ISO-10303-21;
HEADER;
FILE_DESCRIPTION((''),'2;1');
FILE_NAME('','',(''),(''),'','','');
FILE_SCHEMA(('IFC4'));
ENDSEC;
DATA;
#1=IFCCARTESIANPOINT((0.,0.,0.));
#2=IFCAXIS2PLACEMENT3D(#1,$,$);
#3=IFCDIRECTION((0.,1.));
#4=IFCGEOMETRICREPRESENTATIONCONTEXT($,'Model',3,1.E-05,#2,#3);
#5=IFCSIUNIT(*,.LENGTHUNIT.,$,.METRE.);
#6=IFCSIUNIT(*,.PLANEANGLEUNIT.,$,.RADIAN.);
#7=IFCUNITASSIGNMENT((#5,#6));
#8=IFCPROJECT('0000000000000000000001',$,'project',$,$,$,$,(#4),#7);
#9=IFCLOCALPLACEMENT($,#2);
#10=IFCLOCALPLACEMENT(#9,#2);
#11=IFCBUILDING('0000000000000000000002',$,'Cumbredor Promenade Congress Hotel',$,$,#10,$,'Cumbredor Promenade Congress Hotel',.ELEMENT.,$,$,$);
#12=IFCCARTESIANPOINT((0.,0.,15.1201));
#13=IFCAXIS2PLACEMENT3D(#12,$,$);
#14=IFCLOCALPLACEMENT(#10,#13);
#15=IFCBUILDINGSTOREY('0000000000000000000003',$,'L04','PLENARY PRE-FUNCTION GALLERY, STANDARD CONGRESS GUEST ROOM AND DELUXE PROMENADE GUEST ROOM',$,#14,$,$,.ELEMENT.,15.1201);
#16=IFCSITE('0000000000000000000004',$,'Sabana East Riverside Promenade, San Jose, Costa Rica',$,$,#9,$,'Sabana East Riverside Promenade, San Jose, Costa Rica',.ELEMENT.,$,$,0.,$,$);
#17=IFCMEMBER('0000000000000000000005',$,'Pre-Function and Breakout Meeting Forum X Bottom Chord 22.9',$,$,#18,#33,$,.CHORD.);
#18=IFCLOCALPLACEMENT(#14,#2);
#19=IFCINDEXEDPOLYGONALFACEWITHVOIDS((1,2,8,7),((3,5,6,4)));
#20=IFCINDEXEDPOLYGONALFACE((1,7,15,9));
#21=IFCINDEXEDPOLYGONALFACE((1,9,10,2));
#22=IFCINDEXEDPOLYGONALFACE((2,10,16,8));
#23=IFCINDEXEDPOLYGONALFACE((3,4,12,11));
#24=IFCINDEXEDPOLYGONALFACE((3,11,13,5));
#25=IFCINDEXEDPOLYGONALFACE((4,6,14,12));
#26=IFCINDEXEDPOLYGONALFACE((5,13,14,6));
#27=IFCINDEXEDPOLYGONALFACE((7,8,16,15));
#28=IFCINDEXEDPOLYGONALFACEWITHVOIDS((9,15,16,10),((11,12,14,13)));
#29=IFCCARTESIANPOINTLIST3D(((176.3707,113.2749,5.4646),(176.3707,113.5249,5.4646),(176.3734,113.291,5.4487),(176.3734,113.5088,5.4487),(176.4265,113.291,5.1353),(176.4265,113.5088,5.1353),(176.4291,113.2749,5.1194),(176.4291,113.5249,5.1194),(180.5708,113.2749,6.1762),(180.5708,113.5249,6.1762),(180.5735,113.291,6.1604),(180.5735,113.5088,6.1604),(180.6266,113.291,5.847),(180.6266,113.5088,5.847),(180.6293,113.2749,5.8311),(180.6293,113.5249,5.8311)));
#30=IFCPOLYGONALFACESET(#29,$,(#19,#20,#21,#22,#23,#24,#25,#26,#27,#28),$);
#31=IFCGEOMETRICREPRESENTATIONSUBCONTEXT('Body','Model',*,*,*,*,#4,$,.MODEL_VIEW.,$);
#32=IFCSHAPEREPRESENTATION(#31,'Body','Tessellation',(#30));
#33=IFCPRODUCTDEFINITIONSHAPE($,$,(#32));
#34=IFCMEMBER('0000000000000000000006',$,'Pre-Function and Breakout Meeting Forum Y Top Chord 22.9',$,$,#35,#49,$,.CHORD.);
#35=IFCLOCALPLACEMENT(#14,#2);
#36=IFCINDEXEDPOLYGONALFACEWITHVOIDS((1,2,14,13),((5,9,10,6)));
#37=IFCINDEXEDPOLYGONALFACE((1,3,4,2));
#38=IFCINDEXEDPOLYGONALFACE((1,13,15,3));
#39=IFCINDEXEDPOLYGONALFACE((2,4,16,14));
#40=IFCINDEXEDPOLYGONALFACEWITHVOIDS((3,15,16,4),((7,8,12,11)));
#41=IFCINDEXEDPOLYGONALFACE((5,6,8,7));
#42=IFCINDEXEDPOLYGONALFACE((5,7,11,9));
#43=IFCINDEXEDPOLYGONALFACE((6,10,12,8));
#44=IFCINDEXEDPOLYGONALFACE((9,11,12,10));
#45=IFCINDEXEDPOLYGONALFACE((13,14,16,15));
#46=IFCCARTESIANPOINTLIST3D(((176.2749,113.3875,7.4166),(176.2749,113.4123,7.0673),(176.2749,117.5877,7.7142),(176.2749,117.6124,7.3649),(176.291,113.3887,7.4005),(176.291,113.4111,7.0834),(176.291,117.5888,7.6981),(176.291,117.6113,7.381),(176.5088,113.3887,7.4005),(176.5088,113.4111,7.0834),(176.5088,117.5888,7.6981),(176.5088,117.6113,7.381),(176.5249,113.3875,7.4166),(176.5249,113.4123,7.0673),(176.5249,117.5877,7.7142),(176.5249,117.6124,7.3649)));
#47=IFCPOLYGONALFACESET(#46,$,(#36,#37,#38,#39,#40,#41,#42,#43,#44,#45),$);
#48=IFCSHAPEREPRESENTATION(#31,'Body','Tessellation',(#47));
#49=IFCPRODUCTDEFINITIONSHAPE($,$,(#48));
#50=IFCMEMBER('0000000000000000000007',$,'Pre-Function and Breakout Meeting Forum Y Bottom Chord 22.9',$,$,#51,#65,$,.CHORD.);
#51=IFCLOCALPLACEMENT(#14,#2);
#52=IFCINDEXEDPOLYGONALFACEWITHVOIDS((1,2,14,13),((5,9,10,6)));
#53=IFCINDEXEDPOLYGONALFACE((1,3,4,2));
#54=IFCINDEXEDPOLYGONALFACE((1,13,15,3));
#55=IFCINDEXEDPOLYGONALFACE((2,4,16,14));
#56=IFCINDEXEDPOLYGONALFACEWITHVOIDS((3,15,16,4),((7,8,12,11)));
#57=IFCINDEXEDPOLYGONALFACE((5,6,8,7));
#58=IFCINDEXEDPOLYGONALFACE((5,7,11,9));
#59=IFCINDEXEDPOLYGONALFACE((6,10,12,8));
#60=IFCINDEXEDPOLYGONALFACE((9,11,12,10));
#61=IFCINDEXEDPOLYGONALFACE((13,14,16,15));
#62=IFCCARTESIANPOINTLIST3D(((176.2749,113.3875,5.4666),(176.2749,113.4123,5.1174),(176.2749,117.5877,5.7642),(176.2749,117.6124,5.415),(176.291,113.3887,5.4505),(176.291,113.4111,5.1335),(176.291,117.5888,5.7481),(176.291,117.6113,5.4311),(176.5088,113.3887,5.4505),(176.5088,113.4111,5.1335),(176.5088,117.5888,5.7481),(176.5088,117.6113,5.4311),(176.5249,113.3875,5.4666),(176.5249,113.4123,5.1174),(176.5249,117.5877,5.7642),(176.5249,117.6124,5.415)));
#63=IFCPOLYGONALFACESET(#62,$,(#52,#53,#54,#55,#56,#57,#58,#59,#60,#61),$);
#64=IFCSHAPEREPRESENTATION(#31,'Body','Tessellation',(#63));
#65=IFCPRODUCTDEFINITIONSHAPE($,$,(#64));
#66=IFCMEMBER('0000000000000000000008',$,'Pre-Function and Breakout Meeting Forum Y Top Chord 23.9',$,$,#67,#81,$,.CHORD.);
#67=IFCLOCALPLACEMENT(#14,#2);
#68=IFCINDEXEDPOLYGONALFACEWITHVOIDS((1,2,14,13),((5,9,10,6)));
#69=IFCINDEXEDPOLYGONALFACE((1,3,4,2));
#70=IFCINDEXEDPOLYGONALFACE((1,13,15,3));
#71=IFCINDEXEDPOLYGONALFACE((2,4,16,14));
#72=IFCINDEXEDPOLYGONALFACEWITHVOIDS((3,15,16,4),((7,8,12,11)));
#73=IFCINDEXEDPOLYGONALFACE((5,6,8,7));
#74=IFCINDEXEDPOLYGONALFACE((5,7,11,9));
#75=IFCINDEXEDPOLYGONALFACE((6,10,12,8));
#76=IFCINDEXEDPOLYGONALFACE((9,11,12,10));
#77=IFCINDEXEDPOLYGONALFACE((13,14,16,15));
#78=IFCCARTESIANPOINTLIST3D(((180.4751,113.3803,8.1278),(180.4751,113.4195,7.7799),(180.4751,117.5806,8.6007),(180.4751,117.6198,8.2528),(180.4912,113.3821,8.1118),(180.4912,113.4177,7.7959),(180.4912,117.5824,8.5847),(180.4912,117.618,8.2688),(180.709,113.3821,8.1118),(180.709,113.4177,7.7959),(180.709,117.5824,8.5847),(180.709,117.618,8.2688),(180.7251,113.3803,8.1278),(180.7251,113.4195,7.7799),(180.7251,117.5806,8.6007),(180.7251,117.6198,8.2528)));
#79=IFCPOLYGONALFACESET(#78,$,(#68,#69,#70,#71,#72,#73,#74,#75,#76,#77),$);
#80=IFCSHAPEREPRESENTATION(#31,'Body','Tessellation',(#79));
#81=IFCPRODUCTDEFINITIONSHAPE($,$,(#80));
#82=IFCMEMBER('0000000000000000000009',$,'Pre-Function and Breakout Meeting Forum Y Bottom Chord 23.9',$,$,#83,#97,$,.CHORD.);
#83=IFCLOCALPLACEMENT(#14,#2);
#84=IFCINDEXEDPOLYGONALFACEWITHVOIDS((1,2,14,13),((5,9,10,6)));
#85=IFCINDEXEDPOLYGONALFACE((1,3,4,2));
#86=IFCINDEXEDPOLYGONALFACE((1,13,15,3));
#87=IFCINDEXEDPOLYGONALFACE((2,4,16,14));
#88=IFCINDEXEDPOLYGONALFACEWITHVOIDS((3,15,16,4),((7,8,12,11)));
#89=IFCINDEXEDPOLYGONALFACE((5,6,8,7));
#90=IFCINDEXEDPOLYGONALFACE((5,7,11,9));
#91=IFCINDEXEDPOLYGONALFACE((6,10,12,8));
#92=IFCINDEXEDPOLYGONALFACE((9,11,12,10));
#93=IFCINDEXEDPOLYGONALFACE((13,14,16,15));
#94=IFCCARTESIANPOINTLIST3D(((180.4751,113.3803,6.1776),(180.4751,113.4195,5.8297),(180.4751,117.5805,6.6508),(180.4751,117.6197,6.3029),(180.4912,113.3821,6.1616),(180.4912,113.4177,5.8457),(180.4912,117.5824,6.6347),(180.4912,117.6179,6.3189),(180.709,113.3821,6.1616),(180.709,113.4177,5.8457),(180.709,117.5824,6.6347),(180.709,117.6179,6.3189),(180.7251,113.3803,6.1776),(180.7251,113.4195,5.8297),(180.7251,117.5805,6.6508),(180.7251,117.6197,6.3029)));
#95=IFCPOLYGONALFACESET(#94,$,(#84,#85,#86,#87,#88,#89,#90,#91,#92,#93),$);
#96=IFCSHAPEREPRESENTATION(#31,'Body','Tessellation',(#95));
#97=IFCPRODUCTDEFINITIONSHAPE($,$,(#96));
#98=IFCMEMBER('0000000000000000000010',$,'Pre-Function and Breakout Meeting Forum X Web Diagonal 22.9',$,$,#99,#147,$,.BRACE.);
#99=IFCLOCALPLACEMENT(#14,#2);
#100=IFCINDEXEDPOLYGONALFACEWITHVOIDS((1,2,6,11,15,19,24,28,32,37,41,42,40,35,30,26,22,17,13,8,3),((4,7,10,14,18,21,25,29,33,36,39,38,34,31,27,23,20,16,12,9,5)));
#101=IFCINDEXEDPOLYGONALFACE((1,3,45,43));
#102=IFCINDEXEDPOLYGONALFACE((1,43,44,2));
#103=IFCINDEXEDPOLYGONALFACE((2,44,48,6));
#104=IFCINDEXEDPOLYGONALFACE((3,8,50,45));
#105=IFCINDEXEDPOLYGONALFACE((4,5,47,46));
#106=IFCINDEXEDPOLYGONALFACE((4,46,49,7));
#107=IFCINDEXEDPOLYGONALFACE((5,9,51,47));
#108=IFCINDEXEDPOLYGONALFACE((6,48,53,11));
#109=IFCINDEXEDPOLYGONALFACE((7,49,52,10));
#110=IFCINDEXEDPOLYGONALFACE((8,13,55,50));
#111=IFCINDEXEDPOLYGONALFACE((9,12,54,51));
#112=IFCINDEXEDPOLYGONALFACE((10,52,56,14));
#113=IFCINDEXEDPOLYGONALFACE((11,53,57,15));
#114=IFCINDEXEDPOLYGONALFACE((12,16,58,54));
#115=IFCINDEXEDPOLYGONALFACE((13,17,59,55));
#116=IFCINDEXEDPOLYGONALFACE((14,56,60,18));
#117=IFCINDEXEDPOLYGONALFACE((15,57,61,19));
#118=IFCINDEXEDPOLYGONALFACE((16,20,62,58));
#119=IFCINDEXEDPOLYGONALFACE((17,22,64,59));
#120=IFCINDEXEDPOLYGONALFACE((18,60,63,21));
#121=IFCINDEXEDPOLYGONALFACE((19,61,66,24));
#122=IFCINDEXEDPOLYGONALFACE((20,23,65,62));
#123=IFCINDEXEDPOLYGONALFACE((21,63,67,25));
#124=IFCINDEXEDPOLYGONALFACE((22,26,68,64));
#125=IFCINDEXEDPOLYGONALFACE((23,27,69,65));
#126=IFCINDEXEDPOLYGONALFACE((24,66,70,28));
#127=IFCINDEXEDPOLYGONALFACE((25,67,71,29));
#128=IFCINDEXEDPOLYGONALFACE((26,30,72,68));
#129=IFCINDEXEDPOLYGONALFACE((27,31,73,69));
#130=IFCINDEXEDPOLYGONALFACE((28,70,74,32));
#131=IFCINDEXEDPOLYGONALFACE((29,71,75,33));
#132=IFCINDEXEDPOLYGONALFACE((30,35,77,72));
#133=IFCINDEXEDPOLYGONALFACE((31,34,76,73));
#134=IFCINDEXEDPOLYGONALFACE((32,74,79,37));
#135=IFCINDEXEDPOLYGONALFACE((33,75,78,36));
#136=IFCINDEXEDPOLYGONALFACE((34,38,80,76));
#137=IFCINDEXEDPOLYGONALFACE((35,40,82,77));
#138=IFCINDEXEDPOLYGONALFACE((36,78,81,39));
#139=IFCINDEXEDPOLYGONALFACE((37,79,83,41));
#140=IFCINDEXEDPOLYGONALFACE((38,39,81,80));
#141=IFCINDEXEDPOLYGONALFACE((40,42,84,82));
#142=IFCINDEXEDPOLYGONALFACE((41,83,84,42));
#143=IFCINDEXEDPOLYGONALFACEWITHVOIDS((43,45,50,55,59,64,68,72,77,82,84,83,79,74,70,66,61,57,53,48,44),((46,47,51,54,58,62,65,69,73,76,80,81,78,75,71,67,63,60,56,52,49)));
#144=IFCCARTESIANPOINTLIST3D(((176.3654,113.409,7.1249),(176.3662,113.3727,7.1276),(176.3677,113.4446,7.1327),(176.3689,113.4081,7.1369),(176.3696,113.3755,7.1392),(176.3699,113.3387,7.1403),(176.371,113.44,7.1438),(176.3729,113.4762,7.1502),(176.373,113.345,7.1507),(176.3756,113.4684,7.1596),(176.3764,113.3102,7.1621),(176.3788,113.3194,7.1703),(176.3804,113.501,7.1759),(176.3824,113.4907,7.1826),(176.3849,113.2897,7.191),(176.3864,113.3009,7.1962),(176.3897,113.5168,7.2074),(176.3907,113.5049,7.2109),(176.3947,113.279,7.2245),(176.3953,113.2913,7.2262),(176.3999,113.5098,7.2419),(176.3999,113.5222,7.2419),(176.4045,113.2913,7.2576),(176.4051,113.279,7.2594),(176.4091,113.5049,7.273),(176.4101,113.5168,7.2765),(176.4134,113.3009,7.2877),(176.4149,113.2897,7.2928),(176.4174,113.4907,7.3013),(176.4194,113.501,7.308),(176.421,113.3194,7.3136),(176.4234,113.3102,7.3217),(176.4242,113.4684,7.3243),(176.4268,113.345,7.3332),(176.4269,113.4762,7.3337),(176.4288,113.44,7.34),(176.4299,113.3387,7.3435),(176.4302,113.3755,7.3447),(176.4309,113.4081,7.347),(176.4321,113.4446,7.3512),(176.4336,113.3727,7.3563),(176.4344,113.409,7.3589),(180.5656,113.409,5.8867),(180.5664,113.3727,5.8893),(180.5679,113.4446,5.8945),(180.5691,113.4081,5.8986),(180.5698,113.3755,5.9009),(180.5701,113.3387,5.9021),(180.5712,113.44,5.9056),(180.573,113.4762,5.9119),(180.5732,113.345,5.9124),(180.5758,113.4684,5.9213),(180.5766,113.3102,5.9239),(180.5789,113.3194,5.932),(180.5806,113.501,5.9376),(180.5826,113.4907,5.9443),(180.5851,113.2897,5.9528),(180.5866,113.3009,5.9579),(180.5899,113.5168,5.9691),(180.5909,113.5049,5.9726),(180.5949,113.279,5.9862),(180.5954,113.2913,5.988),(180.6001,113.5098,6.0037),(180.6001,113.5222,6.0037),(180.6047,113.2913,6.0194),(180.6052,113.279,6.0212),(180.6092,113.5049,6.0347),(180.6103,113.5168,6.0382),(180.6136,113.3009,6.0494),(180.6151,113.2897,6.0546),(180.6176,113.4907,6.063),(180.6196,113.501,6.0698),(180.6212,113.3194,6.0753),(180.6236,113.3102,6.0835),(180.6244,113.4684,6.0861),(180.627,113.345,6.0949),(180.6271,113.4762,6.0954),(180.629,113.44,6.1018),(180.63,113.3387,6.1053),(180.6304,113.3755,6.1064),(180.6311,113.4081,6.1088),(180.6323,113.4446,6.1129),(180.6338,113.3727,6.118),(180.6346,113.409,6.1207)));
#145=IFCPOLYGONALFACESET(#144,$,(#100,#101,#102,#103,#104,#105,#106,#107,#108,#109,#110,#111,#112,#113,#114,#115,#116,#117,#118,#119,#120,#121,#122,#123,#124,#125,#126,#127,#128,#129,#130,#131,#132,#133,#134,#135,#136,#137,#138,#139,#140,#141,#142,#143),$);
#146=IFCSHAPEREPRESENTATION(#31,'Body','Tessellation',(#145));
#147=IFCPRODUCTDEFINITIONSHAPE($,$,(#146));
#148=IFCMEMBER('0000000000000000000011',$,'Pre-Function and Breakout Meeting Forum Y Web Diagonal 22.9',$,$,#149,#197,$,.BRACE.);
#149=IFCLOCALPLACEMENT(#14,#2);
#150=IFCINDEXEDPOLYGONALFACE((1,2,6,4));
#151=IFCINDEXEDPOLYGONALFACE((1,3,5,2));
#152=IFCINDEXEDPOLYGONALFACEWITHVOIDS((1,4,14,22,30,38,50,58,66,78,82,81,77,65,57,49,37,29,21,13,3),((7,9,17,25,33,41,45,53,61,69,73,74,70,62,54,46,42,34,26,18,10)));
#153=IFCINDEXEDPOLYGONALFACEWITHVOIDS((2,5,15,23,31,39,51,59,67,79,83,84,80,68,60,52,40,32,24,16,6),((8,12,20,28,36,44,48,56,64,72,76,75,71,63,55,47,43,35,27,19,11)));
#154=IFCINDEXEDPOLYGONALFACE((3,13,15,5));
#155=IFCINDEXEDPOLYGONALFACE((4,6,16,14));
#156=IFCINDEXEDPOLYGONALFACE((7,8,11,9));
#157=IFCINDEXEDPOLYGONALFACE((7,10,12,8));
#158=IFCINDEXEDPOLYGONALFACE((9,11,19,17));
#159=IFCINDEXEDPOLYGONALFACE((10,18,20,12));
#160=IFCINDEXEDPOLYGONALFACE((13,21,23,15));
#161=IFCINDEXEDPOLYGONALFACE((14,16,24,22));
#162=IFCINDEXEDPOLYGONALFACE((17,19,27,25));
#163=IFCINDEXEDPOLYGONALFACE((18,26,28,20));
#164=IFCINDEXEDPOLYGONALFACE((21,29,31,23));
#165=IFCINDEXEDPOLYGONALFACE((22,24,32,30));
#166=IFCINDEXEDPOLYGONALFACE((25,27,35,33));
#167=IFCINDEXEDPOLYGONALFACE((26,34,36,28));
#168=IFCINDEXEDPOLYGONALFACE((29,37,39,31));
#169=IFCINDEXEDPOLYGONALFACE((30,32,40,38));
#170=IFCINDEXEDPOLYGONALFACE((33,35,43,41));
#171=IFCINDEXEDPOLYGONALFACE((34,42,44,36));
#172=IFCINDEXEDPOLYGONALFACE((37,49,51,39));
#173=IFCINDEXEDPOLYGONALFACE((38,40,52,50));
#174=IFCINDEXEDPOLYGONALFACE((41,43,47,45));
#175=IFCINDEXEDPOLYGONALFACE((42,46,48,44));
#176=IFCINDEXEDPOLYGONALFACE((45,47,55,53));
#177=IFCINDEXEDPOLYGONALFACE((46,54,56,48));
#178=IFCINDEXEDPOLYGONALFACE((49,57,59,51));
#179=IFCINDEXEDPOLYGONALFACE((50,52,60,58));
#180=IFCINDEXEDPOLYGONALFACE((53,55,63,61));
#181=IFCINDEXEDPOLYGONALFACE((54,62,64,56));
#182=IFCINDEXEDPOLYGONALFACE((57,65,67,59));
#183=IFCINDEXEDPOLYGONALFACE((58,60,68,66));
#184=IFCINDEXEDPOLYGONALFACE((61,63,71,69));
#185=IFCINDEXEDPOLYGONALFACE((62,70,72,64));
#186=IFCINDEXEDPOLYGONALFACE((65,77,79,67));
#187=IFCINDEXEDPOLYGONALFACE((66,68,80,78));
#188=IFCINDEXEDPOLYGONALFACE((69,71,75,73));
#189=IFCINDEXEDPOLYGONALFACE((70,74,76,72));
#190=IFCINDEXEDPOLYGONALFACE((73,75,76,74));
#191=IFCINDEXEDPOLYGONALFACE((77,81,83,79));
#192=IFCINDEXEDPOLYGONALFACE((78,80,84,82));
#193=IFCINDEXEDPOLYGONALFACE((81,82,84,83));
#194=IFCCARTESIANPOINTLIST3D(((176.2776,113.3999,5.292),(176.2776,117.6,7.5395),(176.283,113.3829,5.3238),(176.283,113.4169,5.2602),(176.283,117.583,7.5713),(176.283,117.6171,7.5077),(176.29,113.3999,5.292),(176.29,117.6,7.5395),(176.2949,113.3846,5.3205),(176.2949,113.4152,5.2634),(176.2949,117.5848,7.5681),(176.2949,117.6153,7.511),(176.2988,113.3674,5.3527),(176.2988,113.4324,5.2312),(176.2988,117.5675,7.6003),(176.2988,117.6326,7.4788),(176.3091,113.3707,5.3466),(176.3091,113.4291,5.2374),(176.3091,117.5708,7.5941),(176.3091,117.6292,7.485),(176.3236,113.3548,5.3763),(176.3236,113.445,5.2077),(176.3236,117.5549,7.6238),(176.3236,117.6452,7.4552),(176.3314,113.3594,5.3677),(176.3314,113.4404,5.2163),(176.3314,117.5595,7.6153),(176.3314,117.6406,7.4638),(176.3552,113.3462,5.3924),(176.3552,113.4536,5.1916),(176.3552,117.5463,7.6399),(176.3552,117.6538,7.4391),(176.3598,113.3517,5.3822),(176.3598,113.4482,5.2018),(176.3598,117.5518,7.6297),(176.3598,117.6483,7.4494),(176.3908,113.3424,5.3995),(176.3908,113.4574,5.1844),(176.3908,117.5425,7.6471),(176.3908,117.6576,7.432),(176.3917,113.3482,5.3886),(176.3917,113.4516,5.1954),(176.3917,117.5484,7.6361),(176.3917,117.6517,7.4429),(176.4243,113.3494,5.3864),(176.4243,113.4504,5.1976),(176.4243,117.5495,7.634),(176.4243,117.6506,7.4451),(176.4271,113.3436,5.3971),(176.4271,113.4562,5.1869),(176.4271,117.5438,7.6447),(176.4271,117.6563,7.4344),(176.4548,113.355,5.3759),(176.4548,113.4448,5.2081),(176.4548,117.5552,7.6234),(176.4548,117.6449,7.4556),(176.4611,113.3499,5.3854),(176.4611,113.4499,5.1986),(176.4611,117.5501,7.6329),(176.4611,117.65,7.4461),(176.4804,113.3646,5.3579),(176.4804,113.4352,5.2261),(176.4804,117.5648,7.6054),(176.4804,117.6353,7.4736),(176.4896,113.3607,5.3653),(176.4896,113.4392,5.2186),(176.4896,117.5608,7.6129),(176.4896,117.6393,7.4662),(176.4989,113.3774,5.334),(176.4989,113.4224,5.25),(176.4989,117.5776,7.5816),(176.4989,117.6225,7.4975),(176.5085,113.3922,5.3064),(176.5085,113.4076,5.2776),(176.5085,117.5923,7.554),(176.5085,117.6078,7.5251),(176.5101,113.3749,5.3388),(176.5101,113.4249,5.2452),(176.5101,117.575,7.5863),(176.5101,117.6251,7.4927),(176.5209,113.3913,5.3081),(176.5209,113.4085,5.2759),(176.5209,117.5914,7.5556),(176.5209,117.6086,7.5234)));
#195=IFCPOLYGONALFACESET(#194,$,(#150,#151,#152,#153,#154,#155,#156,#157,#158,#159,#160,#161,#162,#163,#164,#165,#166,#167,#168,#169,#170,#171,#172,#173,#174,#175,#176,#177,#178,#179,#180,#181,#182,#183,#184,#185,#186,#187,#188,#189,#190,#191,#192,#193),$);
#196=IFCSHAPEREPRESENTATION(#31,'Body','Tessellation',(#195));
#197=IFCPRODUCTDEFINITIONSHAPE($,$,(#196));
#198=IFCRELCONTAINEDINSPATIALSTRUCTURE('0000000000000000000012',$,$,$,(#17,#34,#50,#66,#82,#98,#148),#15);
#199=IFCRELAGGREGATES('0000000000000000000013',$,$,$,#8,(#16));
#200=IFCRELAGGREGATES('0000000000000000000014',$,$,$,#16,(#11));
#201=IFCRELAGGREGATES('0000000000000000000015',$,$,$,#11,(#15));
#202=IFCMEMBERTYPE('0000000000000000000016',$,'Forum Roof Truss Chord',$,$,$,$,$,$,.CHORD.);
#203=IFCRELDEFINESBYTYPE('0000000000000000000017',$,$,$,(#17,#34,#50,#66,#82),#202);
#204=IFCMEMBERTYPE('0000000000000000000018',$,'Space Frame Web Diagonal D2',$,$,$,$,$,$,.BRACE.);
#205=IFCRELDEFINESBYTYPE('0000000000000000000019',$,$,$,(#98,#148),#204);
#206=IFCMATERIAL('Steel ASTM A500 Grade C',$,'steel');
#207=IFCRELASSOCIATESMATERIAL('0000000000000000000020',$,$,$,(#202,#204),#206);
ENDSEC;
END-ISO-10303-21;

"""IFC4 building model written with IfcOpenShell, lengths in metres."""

from ifc_helpers import new_model, si_unit, direction, frame, origin, origin_2d, place, context, subcontext, project, spatial, hollow_rectangle, hollow_circle, extrude, material, material_profile, profile_set, type_object, element, save


model = new_model("IFC4")

# Units and contexts
model_context = context("Model", 3, precision=1e-05, world=origin(), true_north=direction((0.0, 1.0)))
body_context = subcontext(model_context, "Body", "Model", "MODEL_VIEW")
ifc_project = project(units=[si_unit("LENGTHUNIT", "METRE"), si_unit("PLANEANGLEUNIT", "RADIAN")], contexts=[model_context])

# Site, building, storey
site_placement = place(None, origin())
site = spatial("IfcSite", under=ifc_project, at=site_placement, Name="Sabana East Riverside Promenade, San Jose, Costa Rica", LongName="Sabana East Riverside Promenade, San Jose, Costa Rica", CompositionType="ELEMENT", RefElevation=0.0)
building_placement = place(site_placement, origin())
building = spatial("IfcBuilding", under=site, at=building_placement, Name="Cumbredor Promenade Congress Hotel", LongName="Cumbredor Promenade Congress Hotel", CompositionType="ELEMENT")
storey_placement = place(building_placement, frame((0.0, 0.0, 15.1201)))
storey = spatial("IfcBuildingStorey", under=building, at=storey_placement, Name="L04", Description="PLENARY PRE-FUNCTION GALLERY, STANDARD CONGRESS GUEST ROOM AND DELUXE PROMENADE GUEST ROOM", CompositionType="ELEMENT", Elevation=15.1201)

# Members
ifc_material_1 = material(Name="Steel ASTM A500 Grade C", Category="steel")
ifc_material_profile_1 = material_profile(ifc_material_1, hollow_rectangle(XDim=0.25, YDim=0.3501, WallThickness=0.0161, at=origin_2d()), Name="HSS 350x250x16")
ifc_profile_set_1 = profile_set([ifc_material_profile_1], Name="Steel ASTM A500 Grade C")
member_type_1 = type_object("IfcMemberType", Name="Forum Roof Truss Chord", PredefinedType="CHORD", material=ifc_profile_set_1)
for number, where, z_axis, x_axis, name in (
    (1, (176.3999, 113.3999, 5.292), (0.985947, 0.0, 0.167056), (0.0, 1.0, 0.0), "Pre-Function and Breakout Meeting Forum X Bottom Chord 22.9"),
):
    element("IfcMember", number, at=place(storey_placement, frame(where, z_axis=z_axis, x_axis=x_axis)), inside=storey, type_object=member_type_1, Name=name, PredefinedType="CHORD", context=body_context, shape_type="SweptSolid", body=[
        extrude(hollow_rectangle(XDim=0.25, YDim=0.3501, WallThickness=0.0161, at=origin_2d()), origin(), (0.0, 0.0, 1.0), 4.26),
    ])
for number, where, z_axis, x_axis, name in (
    (2, (176.3999, 113.3999, 7.2419), (0.0, 0.997499, 0.070678), (-1.0, 0.0, 0.0), "Pre-Function and Breakout Meeting Forum Y Top Chord 22.9"),
    (3, (176.3999, 113.3999, 5.292), (0.0, 0.997499, 0.070678), (-1.0, 0.0, 0.0), "Pre-Function and Breakout Meeting Forum Y Bottom Chord 22.9"),
):
    element("IfcMember", number, at=place(storey_placement, frame(where, z_axis=z_axis, x_axis=x_axis)), inside=storey, type_object=member_type_1, Name=name, PredefinedType="CHORD", context=body_context, shape_type="SweptSolid", body=[
        extrude(hollow_rectangle(XDim=0.25, YDim=0.3501, WallThickness=0.0161, at=origin_2d()), origin(), (0.0, 0.0, 1.0), 4.2107),
    ])
for number, where, z_axis, x_axis, name in (
    (4, (180.6001, 113.3999, 7.9539), (0.0, 0.993721, 0.111883), (-1.0, 0.0, 0.0), "Pre-Function and Breakout Meeting Forum Y Top Chord 23.9"),
    (5, (180.6001, 113.3999, 6.0037), (0.0, 0.993715, 0.11194), (-1.0, 0.0, 0.0), "Pre-Function and Breakout Meeting Forum Y Bottom Chord 23.9"),
):
    element("IfcMember", number, at=place(storey_placement, frame(where, z_axis=z_axis, x_axis=x_axis)), inside=storey, type_object=member_type_1, Name=name, PredefinedType="CHORD", context=body_context, shape_type="SweptSolid", body=[
        extrude(hollow_rectangle(XDim=0.25, YDim=0.3501, WallThickness=0.0161, at=origin_2d()), origin(), (0.0, 0.0, 1.0), 4.2268),
    ])
ifc_material_profile_2 = material_profile(ifc_material_1, hollow_circle(Radius=0.1223, WallThickness=0.0125, at=origin_2d()), Name="CHS 244.5x12.5")
ifc_profile_set_2 = profile_set([ifc_material_profile_2], Name="Steel ASTM A500 Grade C")
member_type_2 = type_object("IfcMemberType", Name="Space Frame Web Diagonal D2", PredefinedType="BRACE", material=ifc_profile_set_2)
member_1_placement = place(storey_placement, frame((176.3999, 113.3999, 7.2419), z_axis=(0.959184, 0.0, -0.282782), x_axis=(0.0, 1.0, 0.0)))
element("IfcMember", 6, at=member_1_placement, inside=storey, type_object=member_type_2, Name="Pre-Function and Breakout Meeting Forum X Web Diagonal 22.9", PredefinedType="BRACE", context=body_context, shape_type="SweptSolid", body=[
    extrude(hollow_circle(Radius=0.1223, WallThickness=0.0125, at=origin_2d()), origin(), (0.0, 0.0, 1.0), 4.3789),
])
member_2_placement = place(storey_placement, frame((176.3999, 113.3999, 5.292), z_axis=(0.0, 0.881702, 0.471806), x_axis=(-1.0, 0.0, 0.0)))
element("IfcMember", 7, at=member_2_placement, inside=storey, type_object=member_type_2, Name="Pre-Function and Breakout Meeting Forum Y Web Diagonal 22.9", PredefinedType="BRACE", context=body_context, shape_type="SweptSolid", body=[
    extrude(hollow_circle(Radius=0.1223, WallThickness=0.0125, at=origin_2d()), origin(), (0.0, 0.0, 1.0), 4.7637),
])

save(model, "model.ifc")
